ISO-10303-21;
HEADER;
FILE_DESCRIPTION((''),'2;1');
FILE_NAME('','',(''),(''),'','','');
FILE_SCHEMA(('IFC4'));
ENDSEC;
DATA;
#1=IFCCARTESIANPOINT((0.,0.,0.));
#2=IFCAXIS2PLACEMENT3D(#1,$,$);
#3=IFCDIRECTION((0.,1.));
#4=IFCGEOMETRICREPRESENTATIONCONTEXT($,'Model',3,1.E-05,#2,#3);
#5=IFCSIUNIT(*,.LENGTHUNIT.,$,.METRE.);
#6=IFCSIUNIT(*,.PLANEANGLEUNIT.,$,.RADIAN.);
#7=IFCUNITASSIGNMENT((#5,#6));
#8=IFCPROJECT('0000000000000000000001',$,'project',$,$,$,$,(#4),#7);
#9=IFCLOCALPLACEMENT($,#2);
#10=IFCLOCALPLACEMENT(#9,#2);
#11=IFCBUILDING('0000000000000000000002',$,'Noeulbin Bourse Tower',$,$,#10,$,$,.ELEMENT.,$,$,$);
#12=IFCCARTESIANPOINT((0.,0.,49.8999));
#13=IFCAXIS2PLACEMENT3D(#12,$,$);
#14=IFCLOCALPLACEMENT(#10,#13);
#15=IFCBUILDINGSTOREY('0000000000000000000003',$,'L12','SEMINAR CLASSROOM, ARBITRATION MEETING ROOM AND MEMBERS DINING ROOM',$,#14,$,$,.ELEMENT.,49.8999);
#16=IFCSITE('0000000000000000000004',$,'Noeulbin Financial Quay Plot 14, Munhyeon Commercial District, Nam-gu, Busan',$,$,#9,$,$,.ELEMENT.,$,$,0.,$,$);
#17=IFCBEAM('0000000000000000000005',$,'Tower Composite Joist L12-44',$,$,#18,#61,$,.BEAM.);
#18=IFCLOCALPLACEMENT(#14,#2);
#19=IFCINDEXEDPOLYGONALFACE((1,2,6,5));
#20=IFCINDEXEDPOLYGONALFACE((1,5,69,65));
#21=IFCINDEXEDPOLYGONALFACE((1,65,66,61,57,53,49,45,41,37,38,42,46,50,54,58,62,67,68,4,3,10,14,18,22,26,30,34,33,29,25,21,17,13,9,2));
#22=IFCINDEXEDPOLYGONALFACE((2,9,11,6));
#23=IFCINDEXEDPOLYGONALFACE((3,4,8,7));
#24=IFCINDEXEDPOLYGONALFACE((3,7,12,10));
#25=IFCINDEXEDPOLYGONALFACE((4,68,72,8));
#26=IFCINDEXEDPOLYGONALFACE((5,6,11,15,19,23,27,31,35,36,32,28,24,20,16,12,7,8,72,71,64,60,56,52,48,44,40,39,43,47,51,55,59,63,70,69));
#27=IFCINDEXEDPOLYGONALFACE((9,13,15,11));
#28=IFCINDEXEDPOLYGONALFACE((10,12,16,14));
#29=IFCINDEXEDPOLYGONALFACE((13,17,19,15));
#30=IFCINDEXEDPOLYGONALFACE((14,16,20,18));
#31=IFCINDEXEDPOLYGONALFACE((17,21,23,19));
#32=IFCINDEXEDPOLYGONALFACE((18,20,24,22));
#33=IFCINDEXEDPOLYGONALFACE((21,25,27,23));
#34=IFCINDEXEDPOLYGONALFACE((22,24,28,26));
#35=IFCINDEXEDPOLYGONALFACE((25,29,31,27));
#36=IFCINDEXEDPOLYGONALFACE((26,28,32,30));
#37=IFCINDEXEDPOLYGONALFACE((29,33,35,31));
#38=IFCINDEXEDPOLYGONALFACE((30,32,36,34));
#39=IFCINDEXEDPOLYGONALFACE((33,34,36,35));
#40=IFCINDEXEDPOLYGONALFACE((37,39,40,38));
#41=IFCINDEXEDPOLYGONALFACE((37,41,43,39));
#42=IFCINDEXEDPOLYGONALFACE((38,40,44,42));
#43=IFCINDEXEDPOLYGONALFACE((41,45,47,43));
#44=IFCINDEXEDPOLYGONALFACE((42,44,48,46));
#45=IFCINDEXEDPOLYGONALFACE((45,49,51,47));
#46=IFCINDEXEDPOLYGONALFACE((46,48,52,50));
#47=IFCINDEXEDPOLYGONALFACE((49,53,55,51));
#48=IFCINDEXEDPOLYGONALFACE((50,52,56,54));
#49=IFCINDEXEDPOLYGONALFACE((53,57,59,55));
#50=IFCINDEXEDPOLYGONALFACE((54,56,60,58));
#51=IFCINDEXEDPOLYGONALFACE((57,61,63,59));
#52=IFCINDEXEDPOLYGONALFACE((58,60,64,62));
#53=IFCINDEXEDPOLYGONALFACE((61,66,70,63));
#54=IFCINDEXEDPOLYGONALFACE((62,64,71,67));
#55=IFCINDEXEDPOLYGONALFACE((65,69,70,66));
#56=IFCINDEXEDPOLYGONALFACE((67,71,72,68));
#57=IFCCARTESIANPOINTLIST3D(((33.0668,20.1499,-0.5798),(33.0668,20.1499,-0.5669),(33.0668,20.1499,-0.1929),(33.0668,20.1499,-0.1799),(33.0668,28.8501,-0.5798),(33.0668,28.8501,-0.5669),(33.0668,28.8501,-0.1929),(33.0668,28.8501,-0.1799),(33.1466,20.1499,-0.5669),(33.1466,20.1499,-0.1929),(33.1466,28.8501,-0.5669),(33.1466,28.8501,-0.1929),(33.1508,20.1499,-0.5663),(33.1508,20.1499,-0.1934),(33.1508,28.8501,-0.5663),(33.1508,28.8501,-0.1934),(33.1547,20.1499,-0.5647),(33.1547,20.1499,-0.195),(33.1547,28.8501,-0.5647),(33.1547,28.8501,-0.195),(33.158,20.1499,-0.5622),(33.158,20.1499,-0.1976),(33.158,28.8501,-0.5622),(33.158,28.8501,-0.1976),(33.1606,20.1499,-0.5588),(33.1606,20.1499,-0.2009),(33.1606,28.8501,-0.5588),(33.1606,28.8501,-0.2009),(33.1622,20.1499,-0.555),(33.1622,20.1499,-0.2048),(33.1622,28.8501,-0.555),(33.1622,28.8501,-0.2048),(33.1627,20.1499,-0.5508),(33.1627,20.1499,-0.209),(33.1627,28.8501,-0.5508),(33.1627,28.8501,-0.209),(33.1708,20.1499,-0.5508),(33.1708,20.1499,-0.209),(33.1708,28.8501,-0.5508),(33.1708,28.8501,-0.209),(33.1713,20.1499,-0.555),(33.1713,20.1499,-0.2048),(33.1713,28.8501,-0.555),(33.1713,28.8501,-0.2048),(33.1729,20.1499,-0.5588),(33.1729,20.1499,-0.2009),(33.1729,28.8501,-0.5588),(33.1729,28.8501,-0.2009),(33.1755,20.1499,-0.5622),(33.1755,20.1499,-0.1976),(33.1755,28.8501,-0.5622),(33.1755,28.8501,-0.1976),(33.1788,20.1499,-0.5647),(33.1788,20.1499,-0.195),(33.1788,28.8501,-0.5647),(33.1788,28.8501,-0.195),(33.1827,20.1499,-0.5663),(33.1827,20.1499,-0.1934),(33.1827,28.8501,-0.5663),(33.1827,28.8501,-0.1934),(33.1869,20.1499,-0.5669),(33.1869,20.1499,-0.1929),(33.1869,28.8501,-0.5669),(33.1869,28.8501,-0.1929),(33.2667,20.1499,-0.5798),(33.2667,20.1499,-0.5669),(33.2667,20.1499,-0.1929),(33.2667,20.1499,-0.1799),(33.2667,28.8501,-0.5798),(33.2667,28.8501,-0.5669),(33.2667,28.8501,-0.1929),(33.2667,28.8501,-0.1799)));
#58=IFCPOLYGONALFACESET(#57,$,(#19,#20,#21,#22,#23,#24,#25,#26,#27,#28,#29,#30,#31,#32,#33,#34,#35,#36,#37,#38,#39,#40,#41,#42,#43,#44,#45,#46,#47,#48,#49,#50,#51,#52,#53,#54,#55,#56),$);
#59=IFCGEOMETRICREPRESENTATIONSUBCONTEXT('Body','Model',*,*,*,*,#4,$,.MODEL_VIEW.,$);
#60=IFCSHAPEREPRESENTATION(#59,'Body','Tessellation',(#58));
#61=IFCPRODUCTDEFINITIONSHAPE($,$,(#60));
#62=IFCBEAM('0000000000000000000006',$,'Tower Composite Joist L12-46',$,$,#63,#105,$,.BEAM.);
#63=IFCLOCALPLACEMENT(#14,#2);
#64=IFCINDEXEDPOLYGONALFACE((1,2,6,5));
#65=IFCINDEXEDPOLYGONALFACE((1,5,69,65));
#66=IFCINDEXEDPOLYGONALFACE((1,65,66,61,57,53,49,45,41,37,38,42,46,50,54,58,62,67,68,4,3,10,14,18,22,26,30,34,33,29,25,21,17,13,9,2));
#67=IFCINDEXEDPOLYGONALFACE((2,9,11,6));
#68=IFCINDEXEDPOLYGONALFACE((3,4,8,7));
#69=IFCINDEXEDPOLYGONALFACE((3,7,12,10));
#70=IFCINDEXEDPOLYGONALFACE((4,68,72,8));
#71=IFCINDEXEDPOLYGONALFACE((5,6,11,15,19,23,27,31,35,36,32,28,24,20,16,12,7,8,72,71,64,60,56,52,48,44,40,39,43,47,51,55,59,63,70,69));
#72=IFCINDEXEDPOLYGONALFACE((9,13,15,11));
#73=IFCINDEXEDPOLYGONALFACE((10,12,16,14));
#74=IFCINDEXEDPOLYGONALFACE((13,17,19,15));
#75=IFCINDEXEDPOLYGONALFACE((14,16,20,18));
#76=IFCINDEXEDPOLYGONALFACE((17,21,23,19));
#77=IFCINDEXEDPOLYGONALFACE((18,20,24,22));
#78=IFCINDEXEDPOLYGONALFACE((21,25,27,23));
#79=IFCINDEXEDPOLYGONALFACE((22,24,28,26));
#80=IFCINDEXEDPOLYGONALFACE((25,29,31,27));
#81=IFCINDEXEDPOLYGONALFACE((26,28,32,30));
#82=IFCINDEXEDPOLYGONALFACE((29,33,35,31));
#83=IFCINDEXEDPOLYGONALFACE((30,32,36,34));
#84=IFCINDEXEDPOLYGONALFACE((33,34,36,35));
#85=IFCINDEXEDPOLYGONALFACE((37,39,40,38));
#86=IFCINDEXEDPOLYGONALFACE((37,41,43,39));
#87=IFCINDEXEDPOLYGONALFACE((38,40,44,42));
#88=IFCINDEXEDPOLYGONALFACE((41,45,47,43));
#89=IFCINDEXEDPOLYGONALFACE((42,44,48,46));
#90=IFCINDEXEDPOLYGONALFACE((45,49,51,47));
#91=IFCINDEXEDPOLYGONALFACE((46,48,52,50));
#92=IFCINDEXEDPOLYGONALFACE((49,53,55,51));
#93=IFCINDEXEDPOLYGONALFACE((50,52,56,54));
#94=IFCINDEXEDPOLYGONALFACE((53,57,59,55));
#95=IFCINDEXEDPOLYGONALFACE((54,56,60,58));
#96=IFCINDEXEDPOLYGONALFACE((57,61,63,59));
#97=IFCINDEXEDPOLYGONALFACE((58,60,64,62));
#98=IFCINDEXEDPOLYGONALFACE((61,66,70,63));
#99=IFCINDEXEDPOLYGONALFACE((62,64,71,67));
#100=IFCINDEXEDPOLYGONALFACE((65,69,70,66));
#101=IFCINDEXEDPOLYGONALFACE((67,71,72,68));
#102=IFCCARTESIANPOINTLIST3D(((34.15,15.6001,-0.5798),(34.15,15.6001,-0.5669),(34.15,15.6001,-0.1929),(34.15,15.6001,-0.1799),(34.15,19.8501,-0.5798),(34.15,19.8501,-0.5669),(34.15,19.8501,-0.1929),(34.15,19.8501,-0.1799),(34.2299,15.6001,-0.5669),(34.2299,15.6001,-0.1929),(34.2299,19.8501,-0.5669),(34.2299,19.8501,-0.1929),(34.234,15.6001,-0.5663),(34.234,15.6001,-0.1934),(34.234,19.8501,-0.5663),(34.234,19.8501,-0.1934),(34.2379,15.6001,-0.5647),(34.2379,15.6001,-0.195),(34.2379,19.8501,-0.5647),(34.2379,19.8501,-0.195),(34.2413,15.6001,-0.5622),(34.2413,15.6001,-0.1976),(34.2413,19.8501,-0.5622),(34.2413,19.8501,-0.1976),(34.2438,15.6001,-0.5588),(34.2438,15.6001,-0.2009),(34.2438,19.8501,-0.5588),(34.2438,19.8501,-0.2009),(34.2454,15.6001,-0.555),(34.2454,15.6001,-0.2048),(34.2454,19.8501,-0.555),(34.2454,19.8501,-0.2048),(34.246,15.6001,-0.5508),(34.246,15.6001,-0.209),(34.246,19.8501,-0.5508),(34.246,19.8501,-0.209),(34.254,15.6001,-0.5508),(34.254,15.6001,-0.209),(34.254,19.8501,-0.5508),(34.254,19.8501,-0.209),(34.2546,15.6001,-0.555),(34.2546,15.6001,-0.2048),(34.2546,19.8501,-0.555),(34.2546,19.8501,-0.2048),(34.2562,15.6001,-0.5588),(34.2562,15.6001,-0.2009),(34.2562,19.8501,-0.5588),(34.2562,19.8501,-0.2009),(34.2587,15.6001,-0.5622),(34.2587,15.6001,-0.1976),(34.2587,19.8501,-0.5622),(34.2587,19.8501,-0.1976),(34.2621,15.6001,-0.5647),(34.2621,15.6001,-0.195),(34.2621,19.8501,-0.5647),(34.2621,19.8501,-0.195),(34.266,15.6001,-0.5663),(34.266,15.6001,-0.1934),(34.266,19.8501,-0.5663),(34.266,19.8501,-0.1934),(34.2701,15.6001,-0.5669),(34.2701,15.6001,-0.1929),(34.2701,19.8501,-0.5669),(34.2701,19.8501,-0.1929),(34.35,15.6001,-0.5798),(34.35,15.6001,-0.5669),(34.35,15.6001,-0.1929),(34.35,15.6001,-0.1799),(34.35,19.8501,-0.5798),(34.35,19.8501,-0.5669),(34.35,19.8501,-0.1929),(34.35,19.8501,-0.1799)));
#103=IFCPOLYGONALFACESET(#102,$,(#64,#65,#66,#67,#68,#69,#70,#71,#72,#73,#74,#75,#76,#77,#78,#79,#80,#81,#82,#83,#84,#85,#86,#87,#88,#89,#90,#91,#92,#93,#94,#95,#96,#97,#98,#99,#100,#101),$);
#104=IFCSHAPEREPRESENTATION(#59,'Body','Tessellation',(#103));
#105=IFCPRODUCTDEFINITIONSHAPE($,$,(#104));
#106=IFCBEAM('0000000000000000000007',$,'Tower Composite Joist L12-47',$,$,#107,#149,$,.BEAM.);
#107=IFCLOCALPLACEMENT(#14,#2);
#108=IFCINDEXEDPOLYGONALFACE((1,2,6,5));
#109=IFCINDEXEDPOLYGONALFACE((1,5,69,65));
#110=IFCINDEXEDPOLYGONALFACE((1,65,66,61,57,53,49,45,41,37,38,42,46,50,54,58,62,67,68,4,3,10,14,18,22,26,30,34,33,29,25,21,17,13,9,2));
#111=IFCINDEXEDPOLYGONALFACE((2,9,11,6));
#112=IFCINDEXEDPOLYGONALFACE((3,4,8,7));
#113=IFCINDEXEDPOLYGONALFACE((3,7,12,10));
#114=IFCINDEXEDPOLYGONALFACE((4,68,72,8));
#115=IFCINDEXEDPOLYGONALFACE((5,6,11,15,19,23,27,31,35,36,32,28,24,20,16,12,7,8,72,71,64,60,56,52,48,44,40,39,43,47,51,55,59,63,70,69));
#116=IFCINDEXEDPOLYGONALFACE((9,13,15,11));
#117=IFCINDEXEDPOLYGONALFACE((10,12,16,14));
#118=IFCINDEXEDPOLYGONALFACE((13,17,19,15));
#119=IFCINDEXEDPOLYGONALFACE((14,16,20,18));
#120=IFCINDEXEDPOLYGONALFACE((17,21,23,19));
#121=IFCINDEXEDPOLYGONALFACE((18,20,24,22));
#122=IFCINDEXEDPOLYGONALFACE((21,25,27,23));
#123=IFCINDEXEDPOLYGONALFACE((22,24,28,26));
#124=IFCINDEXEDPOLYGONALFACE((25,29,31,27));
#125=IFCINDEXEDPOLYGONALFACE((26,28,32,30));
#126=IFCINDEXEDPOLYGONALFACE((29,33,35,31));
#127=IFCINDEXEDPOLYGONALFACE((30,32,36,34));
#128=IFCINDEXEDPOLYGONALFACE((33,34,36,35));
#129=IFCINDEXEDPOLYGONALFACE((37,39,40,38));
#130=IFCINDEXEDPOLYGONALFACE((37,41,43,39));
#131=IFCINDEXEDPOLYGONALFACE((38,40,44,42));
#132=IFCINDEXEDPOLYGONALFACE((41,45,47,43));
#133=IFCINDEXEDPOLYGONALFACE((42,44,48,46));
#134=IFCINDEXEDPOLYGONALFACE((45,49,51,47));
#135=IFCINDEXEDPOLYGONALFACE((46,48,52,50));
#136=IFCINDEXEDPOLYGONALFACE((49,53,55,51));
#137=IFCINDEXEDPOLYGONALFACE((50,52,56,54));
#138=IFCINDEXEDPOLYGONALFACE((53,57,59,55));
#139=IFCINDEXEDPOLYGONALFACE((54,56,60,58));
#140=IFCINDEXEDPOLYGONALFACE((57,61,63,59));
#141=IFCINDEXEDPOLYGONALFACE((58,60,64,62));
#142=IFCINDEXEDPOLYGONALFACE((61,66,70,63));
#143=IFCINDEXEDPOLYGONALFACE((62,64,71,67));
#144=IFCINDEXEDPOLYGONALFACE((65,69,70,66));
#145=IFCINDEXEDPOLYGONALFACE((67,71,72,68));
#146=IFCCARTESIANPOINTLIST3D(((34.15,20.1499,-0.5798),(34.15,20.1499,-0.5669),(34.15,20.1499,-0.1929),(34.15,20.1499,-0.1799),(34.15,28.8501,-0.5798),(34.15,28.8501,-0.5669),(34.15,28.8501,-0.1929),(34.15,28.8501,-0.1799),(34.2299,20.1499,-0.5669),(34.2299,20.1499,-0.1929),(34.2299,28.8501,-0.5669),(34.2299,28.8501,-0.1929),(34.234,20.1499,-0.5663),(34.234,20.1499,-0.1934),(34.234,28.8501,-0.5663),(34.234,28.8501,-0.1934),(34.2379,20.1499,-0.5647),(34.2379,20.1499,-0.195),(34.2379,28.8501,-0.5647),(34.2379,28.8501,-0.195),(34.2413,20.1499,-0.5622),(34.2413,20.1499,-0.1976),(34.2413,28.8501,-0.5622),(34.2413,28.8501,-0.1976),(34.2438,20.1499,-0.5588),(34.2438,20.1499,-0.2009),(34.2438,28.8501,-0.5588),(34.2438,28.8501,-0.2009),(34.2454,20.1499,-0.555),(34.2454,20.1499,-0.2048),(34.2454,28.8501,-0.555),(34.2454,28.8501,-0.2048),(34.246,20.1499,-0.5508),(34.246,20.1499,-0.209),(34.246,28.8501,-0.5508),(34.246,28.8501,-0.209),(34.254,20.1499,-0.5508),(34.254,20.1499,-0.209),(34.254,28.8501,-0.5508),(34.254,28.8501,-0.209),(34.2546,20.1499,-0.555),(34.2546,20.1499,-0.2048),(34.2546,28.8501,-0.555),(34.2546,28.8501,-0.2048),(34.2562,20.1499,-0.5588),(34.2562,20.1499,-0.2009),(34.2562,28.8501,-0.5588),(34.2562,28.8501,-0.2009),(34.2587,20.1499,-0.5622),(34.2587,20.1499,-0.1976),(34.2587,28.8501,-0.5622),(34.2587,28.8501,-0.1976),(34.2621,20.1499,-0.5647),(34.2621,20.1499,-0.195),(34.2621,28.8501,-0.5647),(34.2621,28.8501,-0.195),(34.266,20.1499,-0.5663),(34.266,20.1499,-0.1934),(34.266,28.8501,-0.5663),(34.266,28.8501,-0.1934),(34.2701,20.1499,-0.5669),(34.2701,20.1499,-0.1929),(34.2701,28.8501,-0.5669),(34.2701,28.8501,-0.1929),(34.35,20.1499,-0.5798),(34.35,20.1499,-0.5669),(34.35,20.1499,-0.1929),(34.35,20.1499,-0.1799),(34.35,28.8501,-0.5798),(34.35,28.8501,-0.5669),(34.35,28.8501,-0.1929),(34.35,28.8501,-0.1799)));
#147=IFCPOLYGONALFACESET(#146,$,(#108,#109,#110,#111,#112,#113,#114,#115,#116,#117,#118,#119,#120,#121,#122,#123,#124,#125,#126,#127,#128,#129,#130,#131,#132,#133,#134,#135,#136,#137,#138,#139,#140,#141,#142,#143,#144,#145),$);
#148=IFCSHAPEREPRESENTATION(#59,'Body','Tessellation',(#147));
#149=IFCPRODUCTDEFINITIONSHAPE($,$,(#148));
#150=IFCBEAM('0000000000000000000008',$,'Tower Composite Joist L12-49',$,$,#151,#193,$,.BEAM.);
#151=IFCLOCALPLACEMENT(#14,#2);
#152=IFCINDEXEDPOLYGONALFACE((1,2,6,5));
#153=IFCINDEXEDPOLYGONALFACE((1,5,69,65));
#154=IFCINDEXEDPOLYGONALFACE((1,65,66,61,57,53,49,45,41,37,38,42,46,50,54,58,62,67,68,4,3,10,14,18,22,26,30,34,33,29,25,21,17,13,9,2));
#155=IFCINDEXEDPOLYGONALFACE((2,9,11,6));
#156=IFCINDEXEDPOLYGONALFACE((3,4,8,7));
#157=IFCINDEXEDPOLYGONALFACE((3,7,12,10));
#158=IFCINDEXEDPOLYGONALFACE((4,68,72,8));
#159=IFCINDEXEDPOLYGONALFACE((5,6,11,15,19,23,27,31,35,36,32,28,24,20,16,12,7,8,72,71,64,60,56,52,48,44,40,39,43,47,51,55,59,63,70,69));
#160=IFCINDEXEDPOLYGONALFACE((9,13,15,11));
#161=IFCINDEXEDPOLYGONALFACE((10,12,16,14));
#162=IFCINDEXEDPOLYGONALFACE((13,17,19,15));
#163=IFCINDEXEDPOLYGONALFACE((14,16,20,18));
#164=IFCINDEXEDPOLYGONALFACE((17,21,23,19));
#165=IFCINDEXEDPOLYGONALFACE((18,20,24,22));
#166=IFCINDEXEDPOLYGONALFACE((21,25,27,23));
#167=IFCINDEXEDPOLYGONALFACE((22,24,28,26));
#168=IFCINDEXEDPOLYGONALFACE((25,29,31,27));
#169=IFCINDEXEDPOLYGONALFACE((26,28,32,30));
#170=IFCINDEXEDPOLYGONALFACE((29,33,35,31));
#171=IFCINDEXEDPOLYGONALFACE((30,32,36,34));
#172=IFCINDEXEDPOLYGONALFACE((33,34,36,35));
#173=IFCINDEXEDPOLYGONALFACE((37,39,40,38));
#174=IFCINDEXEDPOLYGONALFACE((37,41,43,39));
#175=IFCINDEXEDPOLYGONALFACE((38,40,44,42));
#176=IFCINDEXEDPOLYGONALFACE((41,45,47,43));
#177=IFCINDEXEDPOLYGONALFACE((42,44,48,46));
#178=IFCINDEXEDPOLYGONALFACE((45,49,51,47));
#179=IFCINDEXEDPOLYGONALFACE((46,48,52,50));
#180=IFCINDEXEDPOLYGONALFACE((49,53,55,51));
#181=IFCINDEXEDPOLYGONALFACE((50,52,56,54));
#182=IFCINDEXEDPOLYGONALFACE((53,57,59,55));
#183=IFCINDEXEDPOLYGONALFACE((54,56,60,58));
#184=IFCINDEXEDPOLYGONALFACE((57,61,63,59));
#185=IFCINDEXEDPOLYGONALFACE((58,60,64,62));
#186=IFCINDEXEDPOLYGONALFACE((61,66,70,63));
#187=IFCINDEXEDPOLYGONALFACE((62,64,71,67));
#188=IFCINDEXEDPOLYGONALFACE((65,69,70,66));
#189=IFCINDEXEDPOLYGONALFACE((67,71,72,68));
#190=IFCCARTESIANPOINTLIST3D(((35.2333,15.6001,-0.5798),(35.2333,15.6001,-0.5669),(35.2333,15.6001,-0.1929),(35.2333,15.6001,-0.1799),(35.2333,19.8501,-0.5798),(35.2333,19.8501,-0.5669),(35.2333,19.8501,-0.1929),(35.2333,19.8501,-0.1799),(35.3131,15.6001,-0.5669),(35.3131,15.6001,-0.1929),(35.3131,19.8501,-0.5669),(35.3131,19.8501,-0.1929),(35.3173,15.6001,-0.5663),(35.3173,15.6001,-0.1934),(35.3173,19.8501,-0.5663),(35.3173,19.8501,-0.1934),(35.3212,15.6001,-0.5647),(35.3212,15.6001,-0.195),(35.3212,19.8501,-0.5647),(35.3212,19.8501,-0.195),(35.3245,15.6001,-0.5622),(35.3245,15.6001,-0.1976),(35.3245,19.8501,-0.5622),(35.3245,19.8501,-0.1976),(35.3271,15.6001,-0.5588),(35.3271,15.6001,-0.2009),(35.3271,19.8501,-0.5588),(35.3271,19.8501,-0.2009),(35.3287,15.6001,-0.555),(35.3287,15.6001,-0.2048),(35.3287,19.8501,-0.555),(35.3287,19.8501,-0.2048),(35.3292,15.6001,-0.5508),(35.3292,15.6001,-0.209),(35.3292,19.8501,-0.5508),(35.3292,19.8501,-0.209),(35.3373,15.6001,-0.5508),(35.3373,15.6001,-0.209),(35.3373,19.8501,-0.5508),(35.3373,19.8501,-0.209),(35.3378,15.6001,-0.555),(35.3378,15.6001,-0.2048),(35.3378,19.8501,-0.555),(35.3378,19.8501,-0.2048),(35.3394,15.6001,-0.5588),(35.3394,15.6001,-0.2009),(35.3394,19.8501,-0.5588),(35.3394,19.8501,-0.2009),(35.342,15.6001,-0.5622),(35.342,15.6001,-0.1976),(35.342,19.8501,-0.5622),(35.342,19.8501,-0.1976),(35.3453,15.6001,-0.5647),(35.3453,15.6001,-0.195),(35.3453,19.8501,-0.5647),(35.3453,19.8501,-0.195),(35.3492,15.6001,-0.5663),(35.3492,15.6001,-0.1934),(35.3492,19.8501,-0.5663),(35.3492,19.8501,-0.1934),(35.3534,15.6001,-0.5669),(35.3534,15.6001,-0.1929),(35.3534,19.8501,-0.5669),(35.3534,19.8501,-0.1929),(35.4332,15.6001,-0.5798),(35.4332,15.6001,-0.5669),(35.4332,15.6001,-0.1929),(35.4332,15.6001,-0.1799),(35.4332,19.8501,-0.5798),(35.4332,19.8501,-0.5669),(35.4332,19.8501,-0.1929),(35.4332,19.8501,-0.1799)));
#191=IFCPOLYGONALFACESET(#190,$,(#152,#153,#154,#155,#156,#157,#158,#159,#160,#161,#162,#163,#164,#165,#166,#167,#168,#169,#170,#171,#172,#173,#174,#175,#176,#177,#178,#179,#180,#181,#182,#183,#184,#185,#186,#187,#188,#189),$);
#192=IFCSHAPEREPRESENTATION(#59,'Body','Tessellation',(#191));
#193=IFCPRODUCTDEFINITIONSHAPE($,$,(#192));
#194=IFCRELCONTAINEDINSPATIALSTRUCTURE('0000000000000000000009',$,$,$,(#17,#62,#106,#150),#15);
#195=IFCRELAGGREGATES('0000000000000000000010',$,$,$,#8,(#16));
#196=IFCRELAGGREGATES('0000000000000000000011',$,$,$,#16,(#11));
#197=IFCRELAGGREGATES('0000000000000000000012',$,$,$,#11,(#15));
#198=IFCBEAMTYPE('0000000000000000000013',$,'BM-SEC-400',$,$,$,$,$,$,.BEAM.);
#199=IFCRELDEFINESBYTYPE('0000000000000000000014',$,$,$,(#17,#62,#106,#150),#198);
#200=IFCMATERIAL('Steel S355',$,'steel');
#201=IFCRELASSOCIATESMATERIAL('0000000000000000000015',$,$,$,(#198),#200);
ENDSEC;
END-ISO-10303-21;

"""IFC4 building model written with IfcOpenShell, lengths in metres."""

from ifc_helpers import new_model, si_unit, direction, frame, origin, origin_2d, place, context, subcontext, project, spatial, i_section, extrude, material, material_profile, profile_set, type_object, element, save


model = new_model("IFC4")

# Units and contexts
model_context = context("Model", 3, precision=1e-05, world=origin(), true_north=direction((0.0, 1.0)))
body_context = subcontext(model_context, "Body", "Model", "MODEL_VIEW")
ifc_project = project(units=[si_unit("LENGTHUNIT", "METRE"), si_unit("PLANEANGLEUNIT", "RADIAN")], contexts=[model_context])

# Site, building, storey
site_placement = place(None, origin())
site = spatial("IfcSite", under=ifc_project, at=site_placement, Name="Noeulbin Financial Quay Plot 14, Munhyeon Commercial District, Nam-gu, Busan", CompositionType="ELEMENT", RefElevation=0.0)
building_placement = place(site_placement, origin())
building = spatial("IfcBuilding", under=site, at=building_placement, Name="Noeulbin Bourse Tower", CompositionType="ELEMENT")
storey_placement = place(building_placement, frame((0.0, 0.0, 49.8999)))
storey = spatial("IfcBuildingStorey", under=building, at=storey_placement, Name="L12", Description="SEMINAR CLASSROOM, ARBITRATION MEETING ROOM AND MEMBERS DINING ROOM", CompositionType="ELEMENT", Elevation=49.8999)

# Beams
ifc_material_1 = material(Name="Steel S355", Category="steel")
ifc_material_profile_1 = material_profile(ifc_material_1, i_section(OverallWidth=0.2, OverallDepth=0.3999, WebThickness=0.0081, FlangeThickness=0.0129, FilletRadius=0.0161, at=origin_2d()), Name="H-400x200x8x13", Category="LoadBearing")
ifc_profile_set_1 = profile_set([ifc_material_profile_1], Name="Steel S355")
beam_type_1 = type_object("IfcBeamType", Name="BM-SEC-400", PredefinedType="BEAM", material=ifc_profile_set_1)
for number, where, z_axis, x_axis, name in (
    (1, (33.1667, 20.1499, -0.3799), (0.0, 1.0, 0.0), (-1.0, 0.0, 0.0), "Tower Composite Joist L12-44"),
):
    element("IfcBeam", number, at=place(storey_placement, frame(where, z_axis=z_axis, x_axis=x_axis)), inside=storey, type_object=beam_type_1, Name=name, PredefinedType="BEAM", context=body_context, shape_type="SweptSolid", body=[
        extrude(i_section(OverallWidth=0.2, OverallDepth=0.3999, WebThickness=0.0081, FlangeThickness=0.0129, FilletRadius=0.0161, at=origin_2d()), origin(), (0.0, 0.0, 1.0), 8.7002),
    ])
beam_1_placement = place(storey_placement, frame((34.25, 15.6001, -0.3799), z_axis=(0.0, 1.0, 0.0), x_axis=(-1.0, 0.0, 0.0)))
element("IfcBeam", 2, at=beam_1_placement, inside=storey, type_object=beam_type_1, Name="Tower Composite Joist L12-46", PredefinedType="BEAM", context=body_context, shape_type="SweptSolid", body=[
    extrude(i_section(OverallWidth=0.2, OverallDepth=0.3999, WebThickness=0.0081, FlangeThickness=0.0129, FilletRadius=0.0161, at=origin_2d()), origin(), (0.0, 0.0, 1.0), 4.25),
])
beam_2_placement = place(storey_placement, frame((34.25, 20.1499, -0.3799), z_axis=(0.0, 1.0, 0.0), x_axis=(-1.0, 0.0, 0.0)))
element("IfcBeam", 3, at=beam_2_placement, inside=storey, type_object=beam_type_1, Name="Tower Composite Joist L12-47", PredefinedType="BEAM", context=body_context, shape_type="SweptSolid", body=[
    extrude(i_section(OverallWidth=0.2, OverallDepth=0.3999, WebThickness=0.0081, FlangeThickness=0.0129, FilletRadius=0.0161, at=origin_2d()), origin(), (0.0, 0.0, 1.0), 8.7002),
])
beam_3_placement = place(storey_placement, frame((35.3333, 15.6001, -0.3799), z_axis=(0.0, 1.0, 0.0), x_axis=(-1.0, 0.0, 0.0)))
element("IfcBeam", 4, at=beam_3_placement, inside=storey, type_object=beam_type_1, Name="Tower Composite Joist L12-49", PredefinedType="BEAM", context=body_context, shape_type="SweptSolid", body=[
    extrude(i_section(OverallWidth=0.2, OverallDepth=0.3999, WebThickness=0.0081, FlangeThickness=0.0129, FilletRadius=0.0161, at=origin_2d()), origin(), (0.0, 0.0, 1.0), 4.25),
])

save(model, "model.ifc")
